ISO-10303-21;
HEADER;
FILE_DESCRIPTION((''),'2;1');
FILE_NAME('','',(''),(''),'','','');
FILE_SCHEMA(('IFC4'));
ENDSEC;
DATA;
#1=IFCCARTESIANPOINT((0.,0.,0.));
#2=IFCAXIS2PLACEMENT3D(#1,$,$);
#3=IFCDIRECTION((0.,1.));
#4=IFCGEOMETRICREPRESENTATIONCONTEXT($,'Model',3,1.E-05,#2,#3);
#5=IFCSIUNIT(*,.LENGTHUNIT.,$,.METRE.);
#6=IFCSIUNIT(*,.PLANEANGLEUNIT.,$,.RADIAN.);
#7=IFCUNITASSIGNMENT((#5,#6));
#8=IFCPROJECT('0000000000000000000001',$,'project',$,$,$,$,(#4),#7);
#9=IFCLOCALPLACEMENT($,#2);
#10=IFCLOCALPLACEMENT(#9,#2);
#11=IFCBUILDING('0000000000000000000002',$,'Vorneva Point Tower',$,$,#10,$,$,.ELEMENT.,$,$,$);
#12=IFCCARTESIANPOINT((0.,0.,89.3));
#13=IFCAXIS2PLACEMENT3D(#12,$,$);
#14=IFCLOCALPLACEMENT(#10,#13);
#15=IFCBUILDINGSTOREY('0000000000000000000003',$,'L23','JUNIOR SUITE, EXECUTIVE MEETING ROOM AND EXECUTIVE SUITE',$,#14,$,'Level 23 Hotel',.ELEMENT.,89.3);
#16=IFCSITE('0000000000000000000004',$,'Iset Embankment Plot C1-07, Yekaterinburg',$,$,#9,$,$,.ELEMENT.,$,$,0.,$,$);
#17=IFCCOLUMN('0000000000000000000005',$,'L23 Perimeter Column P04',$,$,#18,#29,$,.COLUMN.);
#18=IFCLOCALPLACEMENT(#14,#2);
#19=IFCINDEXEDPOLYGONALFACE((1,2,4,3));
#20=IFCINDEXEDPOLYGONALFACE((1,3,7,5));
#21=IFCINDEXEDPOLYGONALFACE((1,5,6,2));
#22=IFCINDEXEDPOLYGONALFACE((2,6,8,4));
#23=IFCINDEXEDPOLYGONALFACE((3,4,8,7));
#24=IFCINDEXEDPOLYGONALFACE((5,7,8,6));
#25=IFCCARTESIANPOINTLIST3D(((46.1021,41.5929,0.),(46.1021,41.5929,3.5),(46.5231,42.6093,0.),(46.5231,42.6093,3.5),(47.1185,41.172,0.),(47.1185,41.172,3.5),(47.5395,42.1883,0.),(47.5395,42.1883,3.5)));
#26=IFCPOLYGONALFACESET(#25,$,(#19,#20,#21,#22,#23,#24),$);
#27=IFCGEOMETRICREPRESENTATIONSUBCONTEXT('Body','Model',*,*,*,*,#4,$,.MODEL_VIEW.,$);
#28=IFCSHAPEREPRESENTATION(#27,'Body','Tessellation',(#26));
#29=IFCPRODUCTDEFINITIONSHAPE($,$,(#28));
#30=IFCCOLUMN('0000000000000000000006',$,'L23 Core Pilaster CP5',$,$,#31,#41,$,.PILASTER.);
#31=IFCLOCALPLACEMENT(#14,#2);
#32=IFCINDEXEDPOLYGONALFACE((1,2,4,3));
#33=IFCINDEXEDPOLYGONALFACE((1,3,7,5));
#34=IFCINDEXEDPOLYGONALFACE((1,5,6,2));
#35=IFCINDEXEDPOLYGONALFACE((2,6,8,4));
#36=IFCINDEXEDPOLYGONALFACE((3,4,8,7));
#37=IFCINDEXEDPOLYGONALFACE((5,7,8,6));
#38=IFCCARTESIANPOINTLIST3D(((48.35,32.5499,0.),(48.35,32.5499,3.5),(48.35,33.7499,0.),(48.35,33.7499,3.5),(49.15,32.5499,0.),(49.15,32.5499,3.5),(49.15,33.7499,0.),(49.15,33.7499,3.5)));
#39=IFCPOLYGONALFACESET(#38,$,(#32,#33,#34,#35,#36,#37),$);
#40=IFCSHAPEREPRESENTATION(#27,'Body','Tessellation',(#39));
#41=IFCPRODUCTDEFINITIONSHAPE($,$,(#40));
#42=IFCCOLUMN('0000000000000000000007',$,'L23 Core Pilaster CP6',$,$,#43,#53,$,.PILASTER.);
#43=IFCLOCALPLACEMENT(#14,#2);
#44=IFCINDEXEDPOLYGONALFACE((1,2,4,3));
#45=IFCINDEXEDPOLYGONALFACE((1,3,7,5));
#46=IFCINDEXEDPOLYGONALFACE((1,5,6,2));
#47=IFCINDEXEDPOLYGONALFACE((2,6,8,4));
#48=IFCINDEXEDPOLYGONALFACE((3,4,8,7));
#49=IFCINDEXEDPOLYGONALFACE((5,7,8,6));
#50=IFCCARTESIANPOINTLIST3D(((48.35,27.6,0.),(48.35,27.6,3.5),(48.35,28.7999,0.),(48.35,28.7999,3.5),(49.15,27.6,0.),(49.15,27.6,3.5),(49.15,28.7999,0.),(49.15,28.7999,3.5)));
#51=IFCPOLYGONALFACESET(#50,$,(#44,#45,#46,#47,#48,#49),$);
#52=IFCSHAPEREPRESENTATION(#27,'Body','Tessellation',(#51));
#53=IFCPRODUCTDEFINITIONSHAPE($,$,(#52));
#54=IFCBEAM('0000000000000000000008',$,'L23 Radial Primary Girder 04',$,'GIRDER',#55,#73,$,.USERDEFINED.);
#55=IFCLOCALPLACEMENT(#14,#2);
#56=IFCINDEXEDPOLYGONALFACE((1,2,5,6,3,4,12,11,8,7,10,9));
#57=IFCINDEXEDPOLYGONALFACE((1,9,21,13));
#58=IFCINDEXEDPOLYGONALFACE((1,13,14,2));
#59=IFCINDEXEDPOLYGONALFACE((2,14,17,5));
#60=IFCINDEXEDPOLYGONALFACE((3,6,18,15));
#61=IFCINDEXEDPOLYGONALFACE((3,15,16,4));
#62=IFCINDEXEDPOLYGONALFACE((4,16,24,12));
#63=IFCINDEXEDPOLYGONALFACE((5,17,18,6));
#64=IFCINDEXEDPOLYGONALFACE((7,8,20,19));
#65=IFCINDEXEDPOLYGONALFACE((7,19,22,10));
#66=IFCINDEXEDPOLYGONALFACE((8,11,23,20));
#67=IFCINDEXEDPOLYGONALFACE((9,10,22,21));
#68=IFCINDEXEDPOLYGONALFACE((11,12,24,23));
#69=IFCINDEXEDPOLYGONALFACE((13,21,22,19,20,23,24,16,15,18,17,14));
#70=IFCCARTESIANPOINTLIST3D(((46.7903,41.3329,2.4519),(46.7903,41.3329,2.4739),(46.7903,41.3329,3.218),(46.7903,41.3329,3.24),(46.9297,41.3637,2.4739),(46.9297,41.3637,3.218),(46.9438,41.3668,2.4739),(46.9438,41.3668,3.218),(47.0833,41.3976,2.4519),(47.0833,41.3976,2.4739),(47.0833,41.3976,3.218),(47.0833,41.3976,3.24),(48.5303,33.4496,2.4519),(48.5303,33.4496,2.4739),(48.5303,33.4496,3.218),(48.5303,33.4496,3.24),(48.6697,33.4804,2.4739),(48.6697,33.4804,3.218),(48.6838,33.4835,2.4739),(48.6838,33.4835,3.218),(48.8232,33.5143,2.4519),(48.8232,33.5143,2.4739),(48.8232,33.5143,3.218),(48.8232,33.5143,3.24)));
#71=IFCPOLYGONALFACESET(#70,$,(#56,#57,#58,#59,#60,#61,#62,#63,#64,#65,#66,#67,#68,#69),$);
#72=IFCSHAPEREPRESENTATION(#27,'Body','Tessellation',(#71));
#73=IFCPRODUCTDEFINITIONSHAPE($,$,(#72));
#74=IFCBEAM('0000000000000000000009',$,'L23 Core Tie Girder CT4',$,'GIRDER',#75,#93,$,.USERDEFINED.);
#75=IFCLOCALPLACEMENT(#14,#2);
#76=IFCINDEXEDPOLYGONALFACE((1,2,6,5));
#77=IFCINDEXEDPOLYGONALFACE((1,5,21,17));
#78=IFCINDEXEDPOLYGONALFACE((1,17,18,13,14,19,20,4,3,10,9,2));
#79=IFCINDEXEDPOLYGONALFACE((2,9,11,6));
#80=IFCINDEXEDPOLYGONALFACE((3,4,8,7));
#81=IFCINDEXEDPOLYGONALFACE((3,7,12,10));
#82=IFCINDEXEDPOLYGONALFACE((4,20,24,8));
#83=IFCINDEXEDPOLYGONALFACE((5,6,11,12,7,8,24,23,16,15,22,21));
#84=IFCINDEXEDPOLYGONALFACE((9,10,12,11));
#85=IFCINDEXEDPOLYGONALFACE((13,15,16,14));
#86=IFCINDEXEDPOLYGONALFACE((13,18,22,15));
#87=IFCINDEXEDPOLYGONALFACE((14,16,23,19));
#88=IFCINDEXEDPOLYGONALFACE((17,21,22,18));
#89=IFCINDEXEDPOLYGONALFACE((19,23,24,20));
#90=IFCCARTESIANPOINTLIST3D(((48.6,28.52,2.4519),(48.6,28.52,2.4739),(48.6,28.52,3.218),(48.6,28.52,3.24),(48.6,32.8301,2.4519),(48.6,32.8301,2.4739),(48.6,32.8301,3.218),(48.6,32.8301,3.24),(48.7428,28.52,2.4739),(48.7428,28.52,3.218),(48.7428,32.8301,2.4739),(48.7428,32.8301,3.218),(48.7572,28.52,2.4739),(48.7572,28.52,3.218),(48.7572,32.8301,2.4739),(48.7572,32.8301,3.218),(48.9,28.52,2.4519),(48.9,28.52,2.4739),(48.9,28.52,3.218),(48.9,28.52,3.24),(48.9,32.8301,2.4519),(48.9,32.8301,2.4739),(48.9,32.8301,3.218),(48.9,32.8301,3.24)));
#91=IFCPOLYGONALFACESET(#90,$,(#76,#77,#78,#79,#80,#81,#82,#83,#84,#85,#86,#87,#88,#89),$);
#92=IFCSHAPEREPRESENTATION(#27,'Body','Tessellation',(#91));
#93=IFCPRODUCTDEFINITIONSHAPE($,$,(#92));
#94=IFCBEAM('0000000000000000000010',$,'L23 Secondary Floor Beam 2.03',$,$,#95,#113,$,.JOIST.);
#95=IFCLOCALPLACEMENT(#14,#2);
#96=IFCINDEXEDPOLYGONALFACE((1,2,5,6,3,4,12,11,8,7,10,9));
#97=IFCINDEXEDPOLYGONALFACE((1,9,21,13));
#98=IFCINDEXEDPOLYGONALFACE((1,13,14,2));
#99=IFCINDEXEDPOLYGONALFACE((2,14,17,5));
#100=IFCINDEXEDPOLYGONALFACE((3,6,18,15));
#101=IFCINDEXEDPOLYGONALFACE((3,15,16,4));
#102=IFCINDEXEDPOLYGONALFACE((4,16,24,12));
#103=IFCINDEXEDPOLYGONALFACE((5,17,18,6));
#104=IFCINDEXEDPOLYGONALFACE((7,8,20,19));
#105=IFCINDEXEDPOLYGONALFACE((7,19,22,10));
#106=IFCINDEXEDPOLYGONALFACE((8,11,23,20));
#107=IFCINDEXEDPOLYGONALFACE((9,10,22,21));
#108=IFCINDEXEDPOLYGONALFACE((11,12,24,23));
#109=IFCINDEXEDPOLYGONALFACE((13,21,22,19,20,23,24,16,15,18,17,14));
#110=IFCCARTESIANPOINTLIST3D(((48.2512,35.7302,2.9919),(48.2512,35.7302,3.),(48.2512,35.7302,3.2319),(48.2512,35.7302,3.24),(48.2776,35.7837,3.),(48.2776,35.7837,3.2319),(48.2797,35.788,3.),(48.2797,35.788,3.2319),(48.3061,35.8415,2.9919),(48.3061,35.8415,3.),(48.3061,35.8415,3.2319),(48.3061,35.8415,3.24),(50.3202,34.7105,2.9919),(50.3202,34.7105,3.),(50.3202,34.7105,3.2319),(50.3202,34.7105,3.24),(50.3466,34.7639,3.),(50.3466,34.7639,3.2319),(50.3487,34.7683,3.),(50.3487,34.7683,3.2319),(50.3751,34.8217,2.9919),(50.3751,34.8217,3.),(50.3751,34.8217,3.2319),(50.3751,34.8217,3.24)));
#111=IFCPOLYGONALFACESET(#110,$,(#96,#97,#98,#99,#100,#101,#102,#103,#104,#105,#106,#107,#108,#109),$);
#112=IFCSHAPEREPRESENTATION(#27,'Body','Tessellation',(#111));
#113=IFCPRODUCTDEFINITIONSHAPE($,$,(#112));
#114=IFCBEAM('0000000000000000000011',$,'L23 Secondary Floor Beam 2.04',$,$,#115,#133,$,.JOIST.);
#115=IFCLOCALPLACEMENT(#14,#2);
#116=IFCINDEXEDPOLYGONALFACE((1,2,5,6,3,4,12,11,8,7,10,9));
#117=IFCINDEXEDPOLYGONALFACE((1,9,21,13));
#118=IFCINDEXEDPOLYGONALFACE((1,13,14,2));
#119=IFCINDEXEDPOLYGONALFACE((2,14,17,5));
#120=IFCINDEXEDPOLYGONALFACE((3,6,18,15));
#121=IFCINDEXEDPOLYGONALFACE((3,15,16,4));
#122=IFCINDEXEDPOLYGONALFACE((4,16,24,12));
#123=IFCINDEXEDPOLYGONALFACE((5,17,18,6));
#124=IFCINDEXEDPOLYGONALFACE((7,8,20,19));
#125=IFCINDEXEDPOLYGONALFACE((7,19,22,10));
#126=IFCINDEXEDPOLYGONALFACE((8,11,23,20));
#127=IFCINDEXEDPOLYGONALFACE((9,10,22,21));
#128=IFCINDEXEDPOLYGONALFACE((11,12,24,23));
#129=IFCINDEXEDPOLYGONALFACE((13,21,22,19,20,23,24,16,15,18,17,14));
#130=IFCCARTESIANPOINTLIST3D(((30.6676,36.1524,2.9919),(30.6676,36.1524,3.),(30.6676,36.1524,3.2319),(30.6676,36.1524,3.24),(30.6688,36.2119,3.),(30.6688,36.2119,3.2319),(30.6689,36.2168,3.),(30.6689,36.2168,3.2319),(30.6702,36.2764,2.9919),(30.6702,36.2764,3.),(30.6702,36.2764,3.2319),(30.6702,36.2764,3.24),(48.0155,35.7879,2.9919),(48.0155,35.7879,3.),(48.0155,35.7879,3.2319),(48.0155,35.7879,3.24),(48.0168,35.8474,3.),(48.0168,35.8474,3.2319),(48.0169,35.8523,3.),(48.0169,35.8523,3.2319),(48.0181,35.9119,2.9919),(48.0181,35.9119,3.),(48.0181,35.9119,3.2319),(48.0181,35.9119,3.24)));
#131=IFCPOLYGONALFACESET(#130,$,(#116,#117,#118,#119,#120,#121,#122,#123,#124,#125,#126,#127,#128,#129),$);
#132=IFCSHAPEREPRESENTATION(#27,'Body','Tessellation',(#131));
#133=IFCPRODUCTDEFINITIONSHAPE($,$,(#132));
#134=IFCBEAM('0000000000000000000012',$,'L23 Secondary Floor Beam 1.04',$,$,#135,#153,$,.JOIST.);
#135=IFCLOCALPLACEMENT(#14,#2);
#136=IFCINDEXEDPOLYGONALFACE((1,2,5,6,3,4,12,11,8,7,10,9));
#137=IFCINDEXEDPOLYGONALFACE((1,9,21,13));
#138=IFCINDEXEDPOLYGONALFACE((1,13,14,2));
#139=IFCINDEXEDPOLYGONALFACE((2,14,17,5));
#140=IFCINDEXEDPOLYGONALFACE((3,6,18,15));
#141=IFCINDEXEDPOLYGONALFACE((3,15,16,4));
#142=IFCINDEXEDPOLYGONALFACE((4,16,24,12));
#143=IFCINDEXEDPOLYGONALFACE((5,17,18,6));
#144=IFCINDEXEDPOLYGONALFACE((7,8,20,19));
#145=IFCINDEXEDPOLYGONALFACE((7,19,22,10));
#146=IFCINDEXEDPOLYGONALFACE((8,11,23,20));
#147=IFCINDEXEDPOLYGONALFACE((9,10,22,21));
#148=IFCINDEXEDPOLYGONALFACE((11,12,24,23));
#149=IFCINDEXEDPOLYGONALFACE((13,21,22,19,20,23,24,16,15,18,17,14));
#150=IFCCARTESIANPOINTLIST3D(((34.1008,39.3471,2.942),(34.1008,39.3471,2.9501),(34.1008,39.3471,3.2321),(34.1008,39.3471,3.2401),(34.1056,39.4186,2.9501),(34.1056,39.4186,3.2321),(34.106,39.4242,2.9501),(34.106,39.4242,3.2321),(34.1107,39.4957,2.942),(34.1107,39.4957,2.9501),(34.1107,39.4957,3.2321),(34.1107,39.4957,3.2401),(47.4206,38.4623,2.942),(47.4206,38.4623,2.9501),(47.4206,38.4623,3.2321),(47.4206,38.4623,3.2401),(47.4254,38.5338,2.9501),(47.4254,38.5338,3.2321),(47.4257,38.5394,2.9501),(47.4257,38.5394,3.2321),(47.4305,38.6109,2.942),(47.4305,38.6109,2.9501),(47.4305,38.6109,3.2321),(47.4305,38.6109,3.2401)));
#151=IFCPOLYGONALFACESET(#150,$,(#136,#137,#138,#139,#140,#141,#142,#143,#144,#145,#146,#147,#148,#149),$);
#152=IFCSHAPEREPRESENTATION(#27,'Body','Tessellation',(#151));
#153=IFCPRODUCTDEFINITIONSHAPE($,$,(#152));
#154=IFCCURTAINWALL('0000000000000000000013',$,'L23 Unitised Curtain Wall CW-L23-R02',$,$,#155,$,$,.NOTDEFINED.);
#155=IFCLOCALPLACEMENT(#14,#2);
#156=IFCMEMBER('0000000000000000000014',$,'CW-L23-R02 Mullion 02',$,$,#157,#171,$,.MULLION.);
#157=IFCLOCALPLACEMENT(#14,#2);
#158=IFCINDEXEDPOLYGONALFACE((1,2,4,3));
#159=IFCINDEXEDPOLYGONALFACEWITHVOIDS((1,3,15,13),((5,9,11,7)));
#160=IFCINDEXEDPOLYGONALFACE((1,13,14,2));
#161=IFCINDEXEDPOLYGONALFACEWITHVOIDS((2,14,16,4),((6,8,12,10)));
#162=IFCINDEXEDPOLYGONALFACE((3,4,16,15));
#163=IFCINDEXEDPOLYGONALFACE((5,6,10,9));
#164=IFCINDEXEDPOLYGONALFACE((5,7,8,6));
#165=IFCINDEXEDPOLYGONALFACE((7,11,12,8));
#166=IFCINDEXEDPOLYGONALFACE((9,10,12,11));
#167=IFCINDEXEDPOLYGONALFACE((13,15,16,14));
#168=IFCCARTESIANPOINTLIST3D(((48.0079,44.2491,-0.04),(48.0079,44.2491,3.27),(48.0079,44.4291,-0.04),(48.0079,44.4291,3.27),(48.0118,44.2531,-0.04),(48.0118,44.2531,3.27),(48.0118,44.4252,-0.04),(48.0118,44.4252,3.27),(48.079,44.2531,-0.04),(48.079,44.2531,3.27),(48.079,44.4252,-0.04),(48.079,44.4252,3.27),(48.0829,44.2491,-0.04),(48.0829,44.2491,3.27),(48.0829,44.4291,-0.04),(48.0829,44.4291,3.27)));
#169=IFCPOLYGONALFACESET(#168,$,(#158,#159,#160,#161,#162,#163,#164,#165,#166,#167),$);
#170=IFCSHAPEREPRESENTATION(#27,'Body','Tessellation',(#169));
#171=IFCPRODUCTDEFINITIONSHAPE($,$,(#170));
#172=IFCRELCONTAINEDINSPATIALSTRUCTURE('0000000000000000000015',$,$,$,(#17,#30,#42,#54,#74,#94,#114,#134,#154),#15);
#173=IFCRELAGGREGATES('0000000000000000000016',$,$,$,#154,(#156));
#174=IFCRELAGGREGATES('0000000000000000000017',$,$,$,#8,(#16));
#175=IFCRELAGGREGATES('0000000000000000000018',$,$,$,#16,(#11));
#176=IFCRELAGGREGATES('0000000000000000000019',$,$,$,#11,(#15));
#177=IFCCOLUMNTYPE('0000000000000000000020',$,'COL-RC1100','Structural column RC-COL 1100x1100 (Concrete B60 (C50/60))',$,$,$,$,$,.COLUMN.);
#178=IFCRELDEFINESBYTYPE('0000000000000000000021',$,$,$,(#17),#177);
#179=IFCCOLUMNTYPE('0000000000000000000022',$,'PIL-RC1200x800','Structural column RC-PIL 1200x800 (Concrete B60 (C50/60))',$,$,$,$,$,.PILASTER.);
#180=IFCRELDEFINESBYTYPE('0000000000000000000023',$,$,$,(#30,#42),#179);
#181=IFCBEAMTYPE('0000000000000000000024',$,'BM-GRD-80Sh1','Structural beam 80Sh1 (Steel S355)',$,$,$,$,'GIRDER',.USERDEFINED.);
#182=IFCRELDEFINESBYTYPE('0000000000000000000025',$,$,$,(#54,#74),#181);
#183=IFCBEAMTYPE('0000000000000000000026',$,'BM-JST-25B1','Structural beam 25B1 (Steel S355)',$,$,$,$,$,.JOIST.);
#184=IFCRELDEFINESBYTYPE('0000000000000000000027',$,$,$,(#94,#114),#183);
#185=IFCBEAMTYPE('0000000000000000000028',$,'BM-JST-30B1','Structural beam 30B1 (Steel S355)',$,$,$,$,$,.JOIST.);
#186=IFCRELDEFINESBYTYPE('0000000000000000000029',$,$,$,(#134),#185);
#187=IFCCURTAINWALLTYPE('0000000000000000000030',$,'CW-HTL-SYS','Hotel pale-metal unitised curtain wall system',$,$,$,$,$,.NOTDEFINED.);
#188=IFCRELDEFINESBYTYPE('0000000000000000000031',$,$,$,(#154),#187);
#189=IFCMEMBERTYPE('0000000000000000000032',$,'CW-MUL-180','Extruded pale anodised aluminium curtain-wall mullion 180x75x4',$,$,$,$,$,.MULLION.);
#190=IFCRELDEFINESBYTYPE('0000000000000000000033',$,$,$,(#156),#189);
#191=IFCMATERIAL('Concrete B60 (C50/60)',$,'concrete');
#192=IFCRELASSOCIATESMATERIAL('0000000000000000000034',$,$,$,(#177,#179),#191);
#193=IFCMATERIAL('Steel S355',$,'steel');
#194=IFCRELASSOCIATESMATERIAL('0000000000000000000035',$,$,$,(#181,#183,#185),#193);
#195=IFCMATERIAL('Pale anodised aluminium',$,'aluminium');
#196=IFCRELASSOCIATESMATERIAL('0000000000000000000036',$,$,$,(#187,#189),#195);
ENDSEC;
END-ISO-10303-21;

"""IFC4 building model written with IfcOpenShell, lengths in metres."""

from ifc_helpers import new_model, si_unit, direction, frame, origin, origin_2d, place, context, subcontext, project, spatial, rectangle, hollow_rectangle, i_section, extrude, material, material_profile, profile_set, type_object, element, aggregate, save


model = new_model("IFC4")

# Units and contexts
model_context = context("Model", 3, precision=1e-05, world=origin(), true_north=direction((0.0, 1.0)))
body_context = subcontext(model_context, "Body", "Model", "MODEL_VIEW")
ifc_project = project(units=[si_unit("LENGTHUNIT", "METRE"), si_unit("PLANEANGLEUNIT", "RADIAN")], contexts=[model_context])

# Site, building, storey
site_placement = place(None, origin())
site = spatial("IfcSite", under=ifc_project, at=site_placement, Name="Iset Embankment Plot C1-07, Yekaterinburg", CompositionType="ELEMENT", RefElevation=0.0)
building_placement = place(site_placement, origin())
building = spatial("IfcBuilding", under=site, at=building_placement, Name="Vorneva Point Tower", CompositionType="ELEMENT")
storey_placement = place(building_placement, frame((0.0, 0.0, 89.3)))
storey = spatial("IfcBuildingStorey", under=building, at=storey_placement, Name="L23", Description="JUNIOR SUITE, EXECUTIVE MEETING ROOM AND EXECUTIVE SUITE", LongName="Level 23 Hotel", CompositionType="ELEMENT", Elevation=89.3)

# Columns
ifc_material_1 = material(Name="Concrete B60 (C50/60)", Category="concrete")
ifc_material_profile_1 = material_profile(ifc_material_1, rectangle(XDim=1.1001, YDim=1.1001, at=origin_2d()), Name="RC-COL 1100x1100")
ifc_profile_set_1 = profile_set([ifc_material_profile_1], Name="Concrete B60 (C50/60)")
column_type_1 = type_object("IfcColumnType", Name="COL-RC1100", Description="Structural column RC-COL 1100x1100 (Concrete B60 (C50/60))", PredefinedType="COLUMN", material=ifc_profile_set_1)
column_placement = place(storey_placement, frame((46.8208, 41.8906, 0.0), z_axis=(0.0, 0.0, 1.0), x_axis=(0.382683, 0.92388, 0.0)))
element("IfcColumn", 1, at=column_placement, inside=storey, type_object=column_type_1, Name="L23 Perimeter Column P04", PredefinedType="COLUMN", context=body_context, shape_type="SweptSolid", body=[
    extrude(rectangle(XDim=1.1001, YDim=1.1001, at=origin_2d()), origin(), (0.0, 0.0, 1.0), 3.5),
])
ifc_material_profile_2 = material_profile(ifc_material_1, rectangle(XDim=0.8, YDim=1.2, at=origin_2d()), Name="RC-PIL 1200x800")
ifc_profile_set_2 = profile_set([ifc_material_profile_2], Name="Concrete B60 (C50/60)")
column_type_2 = type_object("IfcColumnType", Name="PIL-RC1200x800", Description="Structural column RC-PIL 1200x800 (Concrete B60 (C50/60))", PredefinedType="PILASTER", material=ifc_profile_set_2)
for number, where, z_axis, x_axis, name in (
    (2, (48.75, 33.1499, 0.0), (0.0, 0.0, 1.0), (1.0, 0.0, 0.0), "L23 Core Pilaster CP5"),
    (3, (48.75, 28.2, 0.0), (0.0, 0.0, 1.0), (1.0, 0.0, 0.0), "L23 Core Pilaster CP6"),
):
    element("IfcColumn", number, at=place(storey_placement, frame(where, z_axis=z_axis, x_axis=x_axis)), inside=storey, type_object=column_type_2, Name=name, PredefinedType="PILASTER", context=body_context, shape_type="SweptSolid", body=[
        extrude(rectangle(XDim=0.8, YDim=1.2, at=origin_2d()), origin(), (0.0, 0.0, 1.0), 3.5),
    ])

# Beams
ifc_material_2 = material(Name="Steel S355", Category="steel")
ifc_material_profile_3 = material_profile(ifc_material_2, i_section(OverallWidth=0.3, OverallDepth=0.7881, WebThickness=0.0144, FlangeThickness=0.022, at=origin_2d()), Name="80Sh1")
ifc_profile_set_3 = profile_set([ifc_material_profile_3], Name="Steel S355")
beam_type_1 = type_object("IfcBeamType", Name="BM-GRD-80Sh1", Description="Structural beam 80Sh1 (Steel S355)", ElementType="GIRDER", PredefinedType="USERDEFINED", material=ifc_profile_set_3)
beam_1_placement = place(storey_placement, frame((46.9368, 41.3652, 2.8459), z_axis=(0.215531, -0.976497, 0.0), x_axis=(0.976497, 0.215531, 0.0)))
element("IfcBeam", 4, at=beam_1_placement, inside=storey, type_object=beam_type_1, Name="L23 Radial Primary Girder 04", ObjectType="GIRDER", PredefinedType="USERDEFINED", context=body_context, shape_type="SweptSolid", body=[
    extrude(i_section(OverallWidth=0.3, OverallDepth=0.7881, WebThickness=0.0144, FlangeThickness=0.022, at=origin_2d()), origin(), (0.0, 0.0, 1.0), 8.073),
])
beam_2_placement = place(storey_placement, frame((48.75, 28.52, 2.8459), z_axis=(0.0, 1.0, 0.0), x_axis=(-1.0, 0.0, 0.0)))
element("IfcBeam", 5, at=beam_2_placement, inside=storey, type_object=beam_type_1, Name="L23 Core Tie Girder CT4", ObjectType="GIRDER", PredefinedType="USERDEFINED", context=body_context, shape_type="SweptSolid", body=[
    extrude(i_section(OverallWidth=0.3, OverallDepth=0.7881, WebThickness=0.0144, FlangeThickness=0.022, at=origin_2d()), origin(), (0.0, 0.0, 1.0), 4.3101),
])
ifc_material_profile_4 = material_profile(ifc_material_2, i_section(OverallWidth=0.124, OverallDepth=0.248, WebThickness=0.0049, FlangeThickness=0.0081, at=origin_2d()), Name="25B1")
ifc_profile_set_4 = profile_set([ifc_material_profile_4], Name="Steel S355")
beam_type_2 = type_object("IfcBeamType", Name="BM-JST-25B1", Description="Structural beam 25B1 (Steel S355)", PredefinedType="JOIST", material=ifc_profile_set_4)
beam_3_placement = place(storey_placement, frame((50.3477, 34.7661, 3.116), z_axis=(-0.896974, 0.442084, 0.0), x_axis=(-0.442084, -0.896974, 0.0)))
element("IfcBeam", 6, at=beam_3_placement, inside=storey, type_object=beam_type_2, Name="L23 Secondary Floor Beam 2.03", PredefinedType="JOIST", context=body_context, shape_type="SweptSolid", body=[
    extrude(i_section(OverallWidth=0.124, OverallDepth=0.248, WebThickness=0.0049, FlangeThickness=0.0081, at=origin_2d()), origin(), (0.0, 0.0, 1.0), 2.3066),
])
beam_4_placement = place(storey_placement, frame((48.0168, 35.8499, 3.116), z_axis=(-0.999779, 0.021007, 0.0), x_axis=(-0.021007, -0.999779, 0.0)))
element("IfcBeam", 7, at=beam_4_placement, inside=storey, type_object=beam_type_2, Name="L23 Secondary Floor Beam 2.04", PredefinedType="JOIST", context=body_context, shape_type="SweptSolid", body=[
    extrude(i_section(OverallWidth=0.124, OverallDepth=0.248, WebThickness=0.0049, FlangeThickness=0.0081, at=origin_2d()), origin(), (0.0, 0.0, 1.0), 17.3518),
])
ifc_material_profile_5 = material_profile(ifc_material_2, i_section(OverallWidth=0.1489, OverallDepth=0.2981, WebThickness=0.0056, FlangeThickness=0.0081, at=origin_2d()), Name="30B1")
ifc_profile_set_5 = profile_set([ifc_material_profile_5], Name="Steel S355")
beam_type_3 = type_object("IfcBeamType", Name="BM-JST-30B1", Description="Structural beam 30B1 (Steel S355)", PredefinedType="JOIST", material=ifc_profile_set_5)
beam_5_placement = place(storey_placement, frame((47.4255, 38.5366, 3.0911), z_axis=(-0.997801, 0.066279, 0.0), x_axis=(-0.066279, -0.997801, 0.0)))
element("IfcBeam", 8, at=beam_5_placement, inside=storey, type_object=beam_type_3, Name="L23 Secondary Floor Beam 1.04", PredefinedType="JOIST", context=body_context, shape_type="SweptSolid", body=[
    extrude(i_section(OverallWidth=0.1489, OverallDepth=0.2981, WebThickness=0.0056, FlangeThickness=0.0081, at=origin_2d()), origin(), (0.0, 0.0, 1.0), 13.3491),
])

# Curtain wall, member
ifc_material_3 = material(Name="Pale anodised aluminium", Category="aluminium")
curtain_wall_type = type_object("IfcCurtainWallType", Name="CW-HTL-SYS", Description="Hotel pale-metal unitised curtain wall system", PredefinedType="NOTDEFINED", material=ifc_material_3)
curtain_wall_placement = place(storey_placement, origin())
curtain_wall = element("IfcCurtainWall", 9, at=curtain_wall_placement, inside=storey, type_object=curtain_wall_type, Name="L23 Unitised Curtain Wall CW-L23-R02", PredefinedType="NOTDEFINED")
ifc_material_profile_6 = material_profile(ifc_material_3, hollow_rectangle(XDim=0.075, YDim=0.1799, WallThickness=0.0039, at=origin_2d()), Name="AL-MUL 180x75x4")
ifc_profile_set_6 = profile_set([ifc_material_profile_6], Name="Pale anodised aluminium")
member_type_1 = type_object("IfcMemberType", Name="CW-MUL-180", Description="Extruded pale anodised aluminium curtain-wall mullion 180x75x4", PredefinedType="MULLION", material=ifc_profile_set_6)
member_1_placement = place(storey_placement, frame((48.0454, 44.3391, -0.04), z_axis=(0.0, 0.0, 1.0), x_axis=(1.0, 0.0, 0.0)))
member_1 = element("IfcMember", 10, at=member_1_placement, type_object=member_type_1, Name="CW-L23-R02 Mullion 02", PredefinedType="MULLION", context=body_context, shape_type="SweptSolid", body=[
    extrude(hollow_rectangle(XDim=0.075, YDim=0.1799, WallThickness=0.0039, at=origin_2d()), origin(), (0.0, 0.0, 1.0), 3.3101),
])
aggregate(curtain_wall, [member_1])

save(model, "model.ifc")
